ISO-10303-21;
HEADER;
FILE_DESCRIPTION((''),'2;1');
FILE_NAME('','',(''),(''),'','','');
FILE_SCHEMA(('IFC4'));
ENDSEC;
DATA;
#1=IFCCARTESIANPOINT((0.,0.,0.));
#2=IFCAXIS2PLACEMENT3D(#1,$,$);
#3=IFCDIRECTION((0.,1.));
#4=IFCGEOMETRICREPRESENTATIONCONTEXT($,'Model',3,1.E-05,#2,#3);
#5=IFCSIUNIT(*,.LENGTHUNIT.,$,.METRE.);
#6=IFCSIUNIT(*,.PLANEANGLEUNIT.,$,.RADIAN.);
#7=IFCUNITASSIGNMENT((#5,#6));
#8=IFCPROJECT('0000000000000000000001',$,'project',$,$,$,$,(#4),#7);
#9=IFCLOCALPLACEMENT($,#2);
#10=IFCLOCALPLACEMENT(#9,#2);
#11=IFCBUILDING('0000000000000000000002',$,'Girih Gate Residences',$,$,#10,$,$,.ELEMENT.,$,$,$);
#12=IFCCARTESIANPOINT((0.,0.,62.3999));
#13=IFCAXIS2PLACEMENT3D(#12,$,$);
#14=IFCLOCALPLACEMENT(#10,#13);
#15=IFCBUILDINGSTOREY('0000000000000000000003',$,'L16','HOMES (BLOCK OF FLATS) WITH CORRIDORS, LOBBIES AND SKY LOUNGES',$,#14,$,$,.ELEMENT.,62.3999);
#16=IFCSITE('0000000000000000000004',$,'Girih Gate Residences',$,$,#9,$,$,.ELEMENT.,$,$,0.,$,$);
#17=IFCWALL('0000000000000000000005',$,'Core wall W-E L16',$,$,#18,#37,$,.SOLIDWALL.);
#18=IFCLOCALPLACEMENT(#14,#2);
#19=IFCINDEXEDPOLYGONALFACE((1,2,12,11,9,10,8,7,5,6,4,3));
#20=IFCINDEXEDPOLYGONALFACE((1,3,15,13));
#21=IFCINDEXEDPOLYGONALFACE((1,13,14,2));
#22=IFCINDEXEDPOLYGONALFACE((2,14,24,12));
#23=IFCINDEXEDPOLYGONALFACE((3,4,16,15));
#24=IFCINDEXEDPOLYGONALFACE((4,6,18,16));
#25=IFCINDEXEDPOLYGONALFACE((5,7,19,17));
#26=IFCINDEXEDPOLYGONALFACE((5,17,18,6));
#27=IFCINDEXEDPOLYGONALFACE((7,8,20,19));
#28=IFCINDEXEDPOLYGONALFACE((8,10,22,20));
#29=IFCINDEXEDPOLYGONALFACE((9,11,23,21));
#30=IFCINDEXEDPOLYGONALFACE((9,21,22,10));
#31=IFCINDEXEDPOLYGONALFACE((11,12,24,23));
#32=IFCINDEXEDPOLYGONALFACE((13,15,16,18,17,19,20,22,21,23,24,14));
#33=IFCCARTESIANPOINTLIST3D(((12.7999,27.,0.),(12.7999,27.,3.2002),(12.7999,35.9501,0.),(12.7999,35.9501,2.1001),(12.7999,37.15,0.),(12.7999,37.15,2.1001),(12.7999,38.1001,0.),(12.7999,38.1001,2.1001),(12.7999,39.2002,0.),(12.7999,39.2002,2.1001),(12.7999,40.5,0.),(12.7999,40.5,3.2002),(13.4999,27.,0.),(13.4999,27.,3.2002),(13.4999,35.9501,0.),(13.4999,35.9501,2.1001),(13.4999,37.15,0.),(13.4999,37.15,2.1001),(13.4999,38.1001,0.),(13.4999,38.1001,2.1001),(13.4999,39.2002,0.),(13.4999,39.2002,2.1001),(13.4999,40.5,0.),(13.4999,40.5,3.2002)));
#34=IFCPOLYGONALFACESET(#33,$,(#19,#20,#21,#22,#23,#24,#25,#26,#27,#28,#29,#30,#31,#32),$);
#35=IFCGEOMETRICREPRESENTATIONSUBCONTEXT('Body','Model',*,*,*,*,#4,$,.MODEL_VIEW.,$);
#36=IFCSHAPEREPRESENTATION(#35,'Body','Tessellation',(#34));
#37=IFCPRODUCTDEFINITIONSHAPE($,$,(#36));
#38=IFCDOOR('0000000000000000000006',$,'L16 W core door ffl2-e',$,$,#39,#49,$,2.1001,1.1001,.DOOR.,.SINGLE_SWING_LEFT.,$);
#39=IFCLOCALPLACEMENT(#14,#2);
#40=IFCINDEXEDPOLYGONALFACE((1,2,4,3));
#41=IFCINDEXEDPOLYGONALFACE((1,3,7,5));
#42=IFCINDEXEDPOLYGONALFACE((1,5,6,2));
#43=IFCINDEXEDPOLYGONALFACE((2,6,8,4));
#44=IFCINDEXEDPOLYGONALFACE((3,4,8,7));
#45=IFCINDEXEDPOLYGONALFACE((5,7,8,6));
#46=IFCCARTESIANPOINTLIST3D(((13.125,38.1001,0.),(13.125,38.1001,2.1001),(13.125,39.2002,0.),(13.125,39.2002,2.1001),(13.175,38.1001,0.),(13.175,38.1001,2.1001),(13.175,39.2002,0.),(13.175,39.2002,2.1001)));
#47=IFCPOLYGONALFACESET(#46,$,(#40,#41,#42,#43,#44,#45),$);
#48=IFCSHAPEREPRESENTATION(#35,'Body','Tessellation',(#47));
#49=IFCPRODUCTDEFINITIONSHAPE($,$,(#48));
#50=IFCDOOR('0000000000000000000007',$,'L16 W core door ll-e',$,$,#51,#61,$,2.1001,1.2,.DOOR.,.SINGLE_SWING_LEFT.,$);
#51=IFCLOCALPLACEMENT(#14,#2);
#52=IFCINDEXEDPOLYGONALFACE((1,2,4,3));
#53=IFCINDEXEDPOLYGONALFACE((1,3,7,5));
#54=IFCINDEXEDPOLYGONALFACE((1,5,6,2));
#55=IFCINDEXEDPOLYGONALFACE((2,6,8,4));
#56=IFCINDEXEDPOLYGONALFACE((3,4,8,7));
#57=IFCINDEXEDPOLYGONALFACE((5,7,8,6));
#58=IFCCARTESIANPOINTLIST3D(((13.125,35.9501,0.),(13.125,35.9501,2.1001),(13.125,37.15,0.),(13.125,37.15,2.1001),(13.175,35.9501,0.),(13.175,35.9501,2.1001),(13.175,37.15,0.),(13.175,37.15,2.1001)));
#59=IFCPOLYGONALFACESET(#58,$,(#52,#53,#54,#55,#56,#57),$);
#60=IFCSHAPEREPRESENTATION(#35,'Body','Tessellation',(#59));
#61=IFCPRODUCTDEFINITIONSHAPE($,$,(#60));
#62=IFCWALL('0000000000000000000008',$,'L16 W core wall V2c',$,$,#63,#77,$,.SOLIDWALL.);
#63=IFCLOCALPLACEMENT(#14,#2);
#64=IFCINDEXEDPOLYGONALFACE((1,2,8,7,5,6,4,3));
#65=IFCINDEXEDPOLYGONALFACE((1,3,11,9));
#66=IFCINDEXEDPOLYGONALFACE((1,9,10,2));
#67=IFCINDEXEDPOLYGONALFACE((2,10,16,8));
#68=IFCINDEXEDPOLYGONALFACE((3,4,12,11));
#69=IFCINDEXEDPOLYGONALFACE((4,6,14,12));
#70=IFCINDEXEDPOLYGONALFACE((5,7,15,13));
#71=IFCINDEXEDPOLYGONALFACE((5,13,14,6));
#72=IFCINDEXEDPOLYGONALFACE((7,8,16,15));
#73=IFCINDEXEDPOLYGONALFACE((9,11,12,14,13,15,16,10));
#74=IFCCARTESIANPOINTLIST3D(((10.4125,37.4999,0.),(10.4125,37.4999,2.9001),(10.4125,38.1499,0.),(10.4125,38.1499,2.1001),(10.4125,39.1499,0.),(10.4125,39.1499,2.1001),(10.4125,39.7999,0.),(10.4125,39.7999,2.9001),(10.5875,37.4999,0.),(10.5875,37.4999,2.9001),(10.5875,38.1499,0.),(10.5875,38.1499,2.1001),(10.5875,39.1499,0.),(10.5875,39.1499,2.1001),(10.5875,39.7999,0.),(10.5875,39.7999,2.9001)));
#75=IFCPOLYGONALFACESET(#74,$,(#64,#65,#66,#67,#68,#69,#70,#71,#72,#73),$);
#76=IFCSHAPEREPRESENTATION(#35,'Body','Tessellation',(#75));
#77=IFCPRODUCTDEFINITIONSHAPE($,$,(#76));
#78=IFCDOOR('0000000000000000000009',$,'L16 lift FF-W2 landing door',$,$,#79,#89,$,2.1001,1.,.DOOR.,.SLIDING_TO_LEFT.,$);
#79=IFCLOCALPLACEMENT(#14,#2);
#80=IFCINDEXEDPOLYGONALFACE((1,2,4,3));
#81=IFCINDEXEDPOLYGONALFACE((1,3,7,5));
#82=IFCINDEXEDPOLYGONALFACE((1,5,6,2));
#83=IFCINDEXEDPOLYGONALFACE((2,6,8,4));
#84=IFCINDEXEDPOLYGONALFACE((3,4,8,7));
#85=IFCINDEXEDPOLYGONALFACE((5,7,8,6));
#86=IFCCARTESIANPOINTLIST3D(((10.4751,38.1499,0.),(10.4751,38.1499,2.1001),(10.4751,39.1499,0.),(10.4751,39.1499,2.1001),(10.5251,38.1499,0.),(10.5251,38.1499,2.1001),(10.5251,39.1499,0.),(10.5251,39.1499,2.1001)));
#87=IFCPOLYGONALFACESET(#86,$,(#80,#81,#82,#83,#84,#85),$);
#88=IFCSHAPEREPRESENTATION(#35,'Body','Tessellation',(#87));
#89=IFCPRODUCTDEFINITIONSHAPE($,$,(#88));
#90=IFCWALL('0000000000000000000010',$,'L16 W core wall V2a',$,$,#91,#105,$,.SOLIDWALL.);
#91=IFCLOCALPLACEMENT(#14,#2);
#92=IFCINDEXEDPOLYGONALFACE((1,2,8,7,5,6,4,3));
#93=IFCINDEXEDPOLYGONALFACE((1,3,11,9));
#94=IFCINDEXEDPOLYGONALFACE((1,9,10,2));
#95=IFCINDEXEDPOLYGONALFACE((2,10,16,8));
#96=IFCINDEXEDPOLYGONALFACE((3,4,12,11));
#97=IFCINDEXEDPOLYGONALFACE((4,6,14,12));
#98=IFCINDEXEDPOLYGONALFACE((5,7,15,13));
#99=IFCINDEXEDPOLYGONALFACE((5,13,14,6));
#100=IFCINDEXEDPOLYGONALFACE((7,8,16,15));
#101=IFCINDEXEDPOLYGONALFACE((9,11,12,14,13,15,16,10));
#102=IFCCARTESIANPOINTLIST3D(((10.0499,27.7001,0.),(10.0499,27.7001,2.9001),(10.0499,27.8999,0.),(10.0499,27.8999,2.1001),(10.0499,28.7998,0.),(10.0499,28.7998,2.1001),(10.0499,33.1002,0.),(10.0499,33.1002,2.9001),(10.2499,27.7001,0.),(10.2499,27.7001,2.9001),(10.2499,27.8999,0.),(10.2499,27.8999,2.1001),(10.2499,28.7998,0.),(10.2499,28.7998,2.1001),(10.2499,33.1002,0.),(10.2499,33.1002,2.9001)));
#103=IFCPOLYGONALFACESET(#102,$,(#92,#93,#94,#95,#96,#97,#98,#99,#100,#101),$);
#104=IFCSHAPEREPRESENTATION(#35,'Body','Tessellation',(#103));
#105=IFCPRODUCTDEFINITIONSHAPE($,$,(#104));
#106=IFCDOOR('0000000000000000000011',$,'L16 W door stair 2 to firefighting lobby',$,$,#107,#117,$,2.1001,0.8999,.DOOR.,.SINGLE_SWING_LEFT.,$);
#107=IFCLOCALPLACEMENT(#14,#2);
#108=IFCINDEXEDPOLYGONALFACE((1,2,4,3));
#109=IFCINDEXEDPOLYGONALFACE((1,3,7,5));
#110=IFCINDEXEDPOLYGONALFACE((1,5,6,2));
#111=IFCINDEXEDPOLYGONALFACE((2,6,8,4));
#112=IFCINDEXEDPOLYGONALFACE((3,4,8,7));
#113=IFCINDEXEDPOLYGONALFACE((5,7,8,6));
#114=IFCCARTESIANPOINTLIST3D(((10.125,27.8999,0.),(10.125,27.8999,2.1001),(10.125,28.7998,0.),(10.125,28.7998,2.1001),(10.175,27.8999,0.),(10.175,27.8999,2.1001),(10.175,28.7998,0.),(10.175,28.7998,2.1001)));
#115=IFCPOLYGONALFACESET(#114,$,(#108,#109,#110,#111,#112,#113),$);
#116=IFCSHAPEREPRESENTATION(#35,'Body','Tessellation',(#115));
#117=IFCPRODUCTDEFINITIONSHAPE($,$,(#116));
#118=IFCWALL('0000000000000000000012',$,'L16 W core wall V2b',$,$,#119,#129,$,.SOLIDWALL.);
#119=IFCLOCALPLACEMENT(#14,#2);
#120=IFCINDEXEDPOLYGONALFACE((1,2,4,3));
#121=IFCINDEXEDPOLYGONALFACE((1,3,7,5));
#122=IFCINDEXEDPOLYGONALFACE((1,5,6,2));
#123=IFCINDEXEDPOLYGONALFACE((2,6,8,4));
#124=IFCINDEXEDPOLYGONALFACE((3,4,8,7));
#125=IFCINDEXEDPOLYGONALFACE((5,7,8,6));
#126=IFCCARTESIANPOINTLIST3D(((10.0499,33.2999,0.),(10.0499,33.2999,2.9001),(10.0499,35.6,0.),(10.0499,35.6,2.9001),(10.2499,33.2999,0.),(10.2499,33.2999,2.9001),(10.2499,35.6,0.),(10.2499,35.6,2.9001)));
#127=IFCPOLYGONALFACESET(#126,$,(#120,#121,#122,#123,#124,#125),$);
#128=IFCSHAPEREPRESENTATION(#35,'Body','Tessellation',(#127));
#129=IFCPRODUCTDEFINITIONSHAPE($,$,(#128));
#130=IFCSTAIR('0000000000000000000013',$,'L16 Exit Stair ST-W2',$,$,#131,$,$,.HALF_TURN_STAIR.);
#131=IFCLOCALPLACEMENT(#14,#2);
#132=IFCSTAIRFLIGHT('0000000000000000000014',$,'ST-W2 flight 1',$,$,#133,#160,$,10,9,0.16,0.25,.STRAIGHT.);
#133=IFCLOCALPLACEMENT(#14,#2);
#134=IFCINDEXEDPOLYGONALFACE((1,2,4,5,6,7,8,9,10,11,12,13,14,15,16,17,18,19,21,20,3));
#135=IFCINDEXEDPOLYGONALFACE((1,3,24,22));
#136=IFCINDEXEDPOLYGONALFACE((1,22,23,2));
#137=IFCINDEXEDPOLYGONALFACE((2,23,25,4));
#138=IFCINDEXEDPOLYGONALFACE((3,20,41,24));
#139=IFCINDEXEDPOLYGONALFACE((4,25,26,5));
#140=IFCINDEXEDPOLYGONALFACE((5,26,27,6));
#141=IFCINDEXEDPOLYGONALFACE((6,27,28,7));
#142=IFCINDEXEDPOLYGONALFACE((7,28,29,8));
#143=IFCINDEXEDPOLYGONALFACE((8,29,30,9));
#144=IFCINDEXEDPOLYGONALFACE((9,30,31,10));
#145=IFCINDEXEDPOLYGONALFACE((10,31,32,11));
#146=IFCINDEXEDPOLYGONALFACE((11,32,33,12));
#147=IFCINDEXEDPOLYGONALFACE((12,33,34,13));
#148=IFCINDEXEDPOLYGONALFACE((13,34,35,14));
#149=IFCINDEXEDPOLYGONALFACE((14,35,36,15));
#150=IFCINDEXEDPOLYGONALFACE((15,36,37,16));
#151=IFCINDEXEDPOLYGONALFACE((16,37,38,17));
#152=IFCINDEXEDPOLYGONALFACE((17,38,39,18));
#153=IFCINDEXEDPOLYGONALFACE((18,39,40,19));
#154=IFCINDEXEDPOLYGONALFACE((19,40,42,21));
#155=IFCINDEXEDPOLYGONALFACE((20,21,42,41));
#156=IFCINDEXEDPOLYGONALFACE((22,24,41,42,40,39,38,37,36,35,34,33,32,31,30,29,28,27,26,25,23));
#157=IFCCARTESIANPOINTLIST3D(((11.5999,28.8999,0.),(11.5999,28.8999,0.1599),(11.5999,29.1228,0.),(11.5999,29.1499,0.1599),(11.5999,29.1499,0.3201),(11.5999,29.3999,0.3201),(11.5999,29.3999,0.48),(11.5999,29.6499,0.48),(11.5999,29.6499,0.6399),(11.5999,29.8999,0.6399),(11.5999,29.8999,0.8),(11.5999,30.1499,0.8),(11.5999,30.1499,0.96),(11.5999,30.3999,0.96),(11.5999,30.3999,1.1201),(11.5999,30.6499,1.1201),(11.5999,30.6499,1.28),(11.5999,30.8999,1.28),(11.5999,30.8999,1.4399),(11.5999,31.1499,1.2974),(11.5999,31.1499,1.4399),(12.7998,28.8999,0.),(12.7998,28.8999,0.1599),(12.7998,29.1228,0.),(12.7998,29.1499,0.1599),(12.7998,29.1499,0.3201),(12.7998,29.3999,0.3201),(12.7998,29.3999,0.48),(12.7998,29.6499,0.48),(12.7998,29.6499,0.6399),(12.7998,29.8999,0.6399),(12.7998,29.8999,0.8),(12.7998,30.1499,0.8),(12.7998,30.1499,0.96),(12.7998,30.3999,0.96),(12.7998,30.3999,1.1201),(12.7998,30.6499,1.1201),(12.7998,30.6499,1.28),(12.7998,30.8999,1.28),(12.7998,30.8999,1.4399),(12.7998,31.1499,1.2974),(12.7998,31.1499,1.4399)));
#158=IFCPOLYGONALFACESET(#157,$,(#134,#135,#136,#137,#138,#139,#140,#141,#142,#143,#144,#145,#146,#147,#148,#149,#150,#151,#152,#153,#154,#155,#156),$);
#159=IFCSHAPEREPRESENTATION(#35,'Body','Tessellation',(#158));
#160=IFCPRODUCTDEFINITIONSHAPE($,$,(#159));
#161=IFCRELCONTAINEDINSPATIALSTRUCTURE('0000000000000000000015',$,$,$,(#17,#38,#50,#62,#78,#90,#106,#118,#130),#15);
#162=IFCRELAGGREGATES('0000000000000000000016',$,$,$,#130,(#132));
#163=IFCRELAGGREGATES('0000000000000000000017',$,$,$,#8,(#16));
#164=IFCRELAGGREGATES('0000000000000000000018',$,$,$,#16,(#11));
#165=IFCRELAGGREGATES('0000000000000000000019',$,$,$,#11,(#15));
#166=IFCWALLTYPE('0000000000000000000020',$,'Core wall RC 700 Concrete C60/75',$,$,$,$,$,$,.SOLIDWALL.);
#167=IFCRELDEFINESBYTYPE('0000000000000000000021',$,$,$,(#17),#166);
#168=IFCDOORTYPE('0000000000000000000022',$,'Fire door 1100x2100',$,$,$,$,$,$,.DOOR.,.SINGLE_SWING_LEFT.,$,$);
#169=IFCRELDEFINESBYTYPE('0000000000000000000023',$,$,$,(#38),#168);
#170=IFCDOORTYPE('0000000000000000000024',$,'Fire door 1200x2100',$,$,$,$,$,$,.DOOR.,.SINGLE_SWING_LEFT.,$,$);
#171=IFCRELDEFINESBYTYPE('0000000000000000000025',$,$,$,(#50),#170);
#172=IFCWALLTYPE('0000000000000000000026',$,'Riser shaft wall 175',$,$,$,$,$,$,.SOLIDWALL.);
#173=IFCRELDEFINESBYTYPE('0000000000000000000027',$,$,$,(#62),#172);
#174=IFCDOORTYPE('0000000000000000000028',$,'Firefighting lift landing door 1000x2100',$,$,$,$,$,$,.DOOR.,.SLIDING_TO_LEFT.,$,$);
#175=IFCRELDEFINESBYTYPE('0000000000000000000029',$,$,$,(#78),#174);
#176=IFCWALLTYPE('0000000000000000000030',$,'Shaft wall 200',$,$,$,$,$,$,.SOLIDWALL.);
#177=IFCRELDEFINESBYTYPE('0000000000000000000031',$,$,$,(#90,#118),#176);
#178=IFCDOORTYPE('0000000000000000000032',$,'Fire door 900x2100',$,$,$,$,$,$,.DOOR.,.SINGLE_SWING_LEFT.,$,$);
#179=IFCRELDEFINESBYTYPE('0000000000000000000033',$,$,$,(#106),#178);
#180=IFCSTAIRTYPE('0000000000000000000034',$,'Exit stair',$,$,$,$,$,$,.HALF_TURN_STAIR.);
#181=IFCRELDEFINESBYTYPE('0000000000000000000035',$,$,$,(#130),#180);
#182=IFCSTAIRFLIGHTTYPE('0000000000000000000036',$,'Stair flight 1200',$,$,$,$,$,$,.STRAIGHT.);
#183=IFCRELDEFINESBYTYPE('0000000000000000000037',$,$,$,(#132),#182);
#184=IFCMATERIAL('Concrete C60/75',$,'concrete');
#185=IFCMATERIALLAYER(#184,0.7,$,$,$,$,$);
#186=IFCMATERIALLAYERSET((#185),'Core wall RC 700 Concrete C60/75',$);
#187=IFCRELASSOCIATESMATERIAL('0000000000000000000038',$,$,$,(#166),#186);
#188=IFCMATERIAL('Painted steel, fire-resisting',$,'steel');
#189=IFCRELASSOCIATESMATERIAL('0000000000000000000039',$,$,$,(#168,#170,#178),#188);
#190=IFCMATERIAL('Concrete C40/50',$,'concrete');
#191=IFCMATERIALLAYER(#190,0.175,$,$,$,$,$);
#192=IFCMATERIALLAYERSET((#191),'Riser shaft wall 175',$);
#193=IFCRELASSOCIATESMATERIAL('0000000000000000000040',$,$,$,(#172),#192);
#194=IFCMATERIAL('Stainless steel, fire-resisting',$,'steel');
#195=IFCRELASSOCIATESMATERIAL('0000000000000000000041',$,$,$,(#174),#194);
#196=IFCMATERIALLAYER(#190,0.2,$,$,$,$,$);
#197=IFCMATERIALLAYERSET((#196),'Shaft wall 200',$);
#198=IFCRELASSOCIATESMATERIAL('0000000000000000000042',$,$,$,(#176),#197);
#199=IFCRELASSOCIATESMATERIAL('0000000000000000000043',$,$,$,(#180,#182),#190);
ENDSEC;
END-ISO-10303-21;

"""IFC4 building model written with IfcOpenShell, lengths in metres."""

from ifc_helpers import new_model, si_unit, direction, frame, frame_2d, origin, place, context, subcontext, project, spatial, polyline, rectangle, outline, extrude, material, layer, layer_set, type_object, element, fill, aggregate, save


model = new_model("IFC4")

# Units and contexts
model_context = context("Model", 3, precision=1e-05, world=origin(), true_north=direction((0.0, 1.0)))
body_context = subcontext(model_context, "Body", "Model", "MODEL_VIEW")
ifc_project = project(units=[si_unit("LENGTHUNIT", "METRE"), si_unit("PLANEANGLEUNIT", "RADIAN")], contexts=[model_context])

# Site, building, storey
site_placement = place(None, origin())
site = spatial("IfcSite", under=ifc_project, at=site_placement, Name="Girih Gate Residences", CompositionType="ELEMENT", RefElevation=0.0)
building_placement = place(site_placement, origin())
building = spatial("IfcBuilding", under=site, at=building_placement, Name="Girih Gate Residences", CompositionType="ELEMENT")
storey_placement = place(building_placement, frame((0.0, 0.0, 62.3999)))
storey = spatial("IfcBuildingStorey", under=building, at=storey_placement, Name="L16", Description="HOMES (BLOCK OF FLATS) WITH CORRIDORS, LOBBIES AND SKY LOUNGES", CompositionType="ELEMENT", Elevation=62.3999)

# Shared definitions
ifc_material_1 = material(Name="Concrete C60/75", Category="concrete")

# Wall, openings, doors
ifc_layer_1 = layer(ifc_material_1, 0.7)
ifc_layer_set_1 = layer_set([ifc_layer_1], Name="Core wall RC 700 Concrete C60/75")
wall_type_1 = type_object("IfcWallType", Name="Core wall RC 700 Concrete C60/75", PredefinedType="SOLIDWALL", material=ifc_layer_set_1)
wall_1_placement = place(storey_placement, frame((13.1499, 27.0, 0.0), z_axis=(0.0, 0.0, 1.0), x_axis=(0.0, 1.0, 0.0)))
wall_1 = element("IfcWall", 1, at=wall_1_placement, inside=storey, type_object=wall_type_1, Name="Core wall W-E L16", PredefinedType="SOLIDWALL", context=body_context, shape_type="SweptSolid", body=[
    extrude(rectangle(XDim=13.5, YDim=0.7, at=frame_2d((6.75, 0.0))), origin(), (0.0, 0.0, 1.0), 3.2002),
])
opening_1_placement = place(wall_1_placement, frame((11.1001, 0.0, 0.0)))
opening_1 = element("IfcOpeningElement", 2, at=opening_1_placement, cuts=wall_1, PredefinedType="OPENING", context=body_context, shape_type="SweptSolid", body=[
    extrude(rectangle(XDim=1.1001, YDim=2.1001, at=frame_2d((0.55, 1.05))), frame((0.0, 0.3599, 0.0), z_axis=(0.0, -1.0, 0.0), x_axis=(1.0, 0.0, 0.0)), (0.0, 0.0, 1.0), 0.72),
])
opening_2_placement = place(wall_1_placement, frame((8.95, 0.0, 0.0)))
opening_2 = element("IfcOpeningElement", 3, at=opening_2_placement, cuts=wall_1, PredefinedType="OPENING", context=body_context, shape_type="SweptSolid", body=[
    extrude(rectangle(XDim=1.2, YDim=2.1001, at=frame_2d((0.6001, 1.05))), frame((0.0, 0.3599, 0.0), z_axis=(0.0, -1.0, 0.0), x_axis=(1.0, 0.0, 0.0)), (0.0, 0.0, 1.0), 0.72),
])
ifc_material_2 = material(Name="Painted steel, fire-resisting", Category="steel")
door_type_1 = type_object("IfcDoorType", Name="Fire door 1100x2100", OperationType="SINGLE_SWING_LEFT", PredefinedType="DOOR", material=ifc_material_2)
door_1_placement = place(opening_1_placement, origin())
door_1 = element("IfcDoor", 4, at=door_1_placement, inside=storey, type_object=door_type_1, Name="L16 W core door ffl2-e", OperationType="SINGLE_SWING_LEFT", OverallHeight=2.1001, OverallWidth=1.1001, PredefinedType="DOOR", context=body_context, shape_type="SweptSolid", body=[
    extrude(rectangle(XDim=1.1001, YDim=2.1001, at=frame_2d((0.55, 1.05))), frame((0.0, 0.0249, 0.0), z_axis=(0.0, -1.0, 0.0), x_axis=(1.0, 0.0, 0.0)), (0.0, 0.0, 1.0), 0.05),
])
fill(opening_1, door_1)
door_type_2 = type_object("IfcDoorType", Name="Fire door 1200x2100", OperationType="SINGLE_SWING_LEFT", PredefinedType="DOOR", material=ifc_material_2)
door_2_placement = place(opening_2_placement, origin())
door_2 = element("IfcDoor", 5, at=door_2_placement, inside=storey, type_object=door_type_2, Name="L16 W core door ll-e", OperationType="SINGLE_SWING_LEFT", OverallHeight=2.1001, OverallWidth=1.2, PredefinedType="DOOR", context=body_context, shape_type="SweptSolid", body=[
    extrude(rectangle(XDim=1.2, YDim=2.1001, at=frame_2d((0.6001, 1.05))), frame((0.0, 0.0249, 0.0), z_axis=(0.0, -1.0, 0.0), x_axis=(1.0, 0.0, 0.0)), (0.0, 0.0, 1.0), 0.05),
])
fill(opening_2, door_2)

# Walls, openings, doors
ifc_material_3 = material(Name="Concrete C40/50", Category="concrete")
ifc_layer_2 = layer(ifc_material_3, 0.175)
ifc_layer_set_2 = layer_set([ifc_layer_2], Name="Riser shaft wall 175")
wall_type_2 = type_object("IfcWallType", Name="Riser shaft wall 175", PredefinedType="SOLIDWALL", material=ifc_layer_set_2)
wall_2_placement = place(storey_placement, frame((10.5, 37.5, 0.0), z_axis=(0.0, 0.0, 1.0), x_axis=(0.0, 1.0, 0.0)))
wall_2 = element("IfcWall", 6, at=wall_2_placement, inside=storey, type_object=wall_type_2, Name="L16 W core wall V2c", PredefinedType="SOLIDWALL", context=body_context, shape_type="SweptSolid", body=[
    extrude(rectangle(XDim=2.3, YDim=0.175, at=frame_2d((1.1499, 0.0))), origin(), (0.0, 0.0, 1.0), 2.9001),
])
opening_3_placement = place(wall_2_placement, frame((0.6499, 0.0, 0.0)))
opening_3 = element("IfcOpeningElement", 7, at=opening_3_placement, cuts=wall_2, PredefinedType="OPENING", context=body_context, shape_type="SweptSolid", body=[
    extrude(rectangle(XDim=1.0, YDim=2.1001, at=frame_2d((0.5, 1.05))), frame((0.0, 0.0974, 0.0), z_axis=(0.0, -1.0, 0.0), x_axis=(1.0, 0.0, 0.0)), (0.0, 0.0, 1.0), 0.1951),
])
ifc_material_4 = material(Name="Stainless steel, fire-resisting", Category="steel")
door_type_3 = type_object("IfcDoorType", Name="Firefighting lift landing door 1000x2100", OperationType="SLIDING_TO_LEFT", PredefinedType="DOOR", material=ifc_material_4)
door_3_placement = place(opening_3_placement, origin())
door_3 = element("IfcDoor", 8, at=door_3_placement, inside=storey, type_object=door_type_3, Name="L16 lift FF-W2 landing door", OperationType="SLIDING_TO_LEFT", OverallHeight=2.1001, OverallWidth=1.0, PredefinedType="DOOR", context=body_context, shape_type="SweptSolid", body=[
    extrude(rectangle(XDim=1.0, YDim=2.1001, at=frame_2d((0.5, 1.05))), frame((0.0, 0.0249, 0.0), z_axis=(0.0, -1.0, 0.0), x_axis=(1.0, 0.0, 0.0)), (0.0, 0.0, 1.0), 0.05),
])
fill(opening_3, door_3)
ifc_layer_3 = layer(ifc_material_3, 0.2)
ifc_layer_set_3 = layer_set([ifc_layer_3], Name="Shaft wall 200")
wall_type_3 = type_object("IfcWallType", Name="Shaft wall 200", PredefinedType="SOLIDWALL", material=ifc_layer_set_3)
wall_3_placement = place(storey_placement, frame((10.1499, 27.7, 0.0), z_axis=(0.0, 0.0, 1.0), x_axis=(0.0, 1.0, 0.0)))
wall_3 = element("IfcWall", 9, at=wall_3_placement, inside=storey, type_object=wall_type_3, Name="L16 W core wall V2a", PredefinedType="SOLIDWALL", context=body_context, shape_type="SweptSolid", body=[
    extrude(rectangle(XDim=5.4001, YDim=0.2, at=frame_2d((2.7002, 0.0))), origin(), (0.0, 0.0, 1.0), 2.9001),
])
opening_4_placement = place(wall_3_placement, frame((0.2, 0.0, 0.0)))
opening_4 = element("IfcOpeningElement", 10, at=opening_4_placement, cuts=wall_3, PredefinedType="OPENING", context=body_context, shape_type="SweptSolid", body=[
    extrude(rectangle(XDim=0.8999, YDim=2.1001, at=frame_2d((0.45, 1.05))), frame((0.0, 0.1099, 0.0), z_axis=(0.0, -1.0, 0.0), x_axis=(1.0, 0.0, 0.0)), (0.0, 0.0, 1.0), 0.22),
])
door_type_4 = type_object("IfcDoorType", Name="Fire door 900x2100", OperationType="SINGLE_SWING_LEFT", PredefinedType="DOOR", material=ifc_material_2)
door_4_placement = place(opening_4_placement, origin())
door_4 = element("IfcDoor", 11, at=door_4_placement, inside=storey, type_object=door_type_4, Name="L16 W door stair 2 to firefighting lobby", OperationType="SINGLE_SWING_LEFT", OverallHeight=2.1001, OverallWidth=0.8999, PredefinedType="DOOR", context=body_context, shape_type="SweptSolid", body=[
    extrude(rectangle(XDim=0.8999, YDim=2.1001, at=frame_2d((0.45, 1.05))), frame((0.0, 0.0249, 0.0), z_axis=(0.0, -1.0, 0.0), x_axis=(1.0, 0.0, 0.0)), (0.0, 0.0, 1.0), 0.05),
])
fill(opening_4, door_4)

# Wall
wall_4_placement = place(storey_placement, frame((10.1499, 33.3, 0.0), z_axis=(0.0, 0.0, 1.0), x_axis=(0.0, 1.0, 0.0)))
element("IfcWall", 12, at=wall_4_placement, inside=storey, type_object=wall_type_3, Name="L16 W core wall V2b", PredefinedType="SOLIDWALL", context=body_context, shape_type="SweptSolid", body=[
    extrude(rectangle(XDim=2.3, YDim=0.2, at=frame_2d((1.1499, 0.0))), origin(), (0.0, 0.0, 1.0), 2.9001),
])

# Stair, stair flight
stair_type = type_object("IfcStairType", Name="Exit stair", PredefinedType="HALF_TURN_STAIR", material=ifc_material_3)
stair_placement = place(storey_placement, origin())
stair = element("IfcStair", 13, at=stair_placement, inside=storey, type_object=stair_type, Name="L16 Exit Stair ST-W2", PredefinedType="HALF_TURN_STAIR")
stair_flight_type = type_object("IfcStairFlightType", Name="Stair flight 1200", PredefinedType="STRAIGHT", material=ifc_material_3)
stair_flight_1_placement = place(storey_placement, frame((12.2, 28.8999, 0.0), z_axis=(0.0, 0.0, 1.0), x_axis=(0.0, 1.0, 0.0)))
stair_flight_1 = element("IfcStairFlight", 14, at=stair_flight_1_placement, type_object=stair_flight_type, Name="ST-W2 flight 1", NumberOfRisers=10, NumberOfTreads=9, PredefinedType="STRAIGHT", RiserHeight=0.16, TreadLength=0.25, context=body_context, shape_type="SweptSolid", body=[
    extrude(outline(polyline([(0.0, 0.0), (0.0, 0.1599), (0.25, 0.1599), (0.25, 0.3201), (0.5, 0.3201), (0.5, 0.48), (0.75, 0.48), (0.75, 0.6399), (1.0, 0.6399), (1.0, 0.8), (1.25, 0.8), (1.25, 0.96), (1.5, 0.96), (1.5, 1.1201), (1.75, 1.1201), (1.75, 1.28), (2.0, 1.28), (2.0, 1.4399), (2.25, 1.4399), (2.25, 1.6001), (2.25, 1.2974), (0.2229, 0.0), (0.0, 0.0)])), frame((0.0, 0.6001, 0.0), z_axis=(0.0, -1.0, 0.0), x_axis=(1.0, 0.0, 0.0)), (0.0, 0.0, 1.0), 1.2),
])
aggregate(stair, [stair_flight_1])

save(model, "model.ifc")
